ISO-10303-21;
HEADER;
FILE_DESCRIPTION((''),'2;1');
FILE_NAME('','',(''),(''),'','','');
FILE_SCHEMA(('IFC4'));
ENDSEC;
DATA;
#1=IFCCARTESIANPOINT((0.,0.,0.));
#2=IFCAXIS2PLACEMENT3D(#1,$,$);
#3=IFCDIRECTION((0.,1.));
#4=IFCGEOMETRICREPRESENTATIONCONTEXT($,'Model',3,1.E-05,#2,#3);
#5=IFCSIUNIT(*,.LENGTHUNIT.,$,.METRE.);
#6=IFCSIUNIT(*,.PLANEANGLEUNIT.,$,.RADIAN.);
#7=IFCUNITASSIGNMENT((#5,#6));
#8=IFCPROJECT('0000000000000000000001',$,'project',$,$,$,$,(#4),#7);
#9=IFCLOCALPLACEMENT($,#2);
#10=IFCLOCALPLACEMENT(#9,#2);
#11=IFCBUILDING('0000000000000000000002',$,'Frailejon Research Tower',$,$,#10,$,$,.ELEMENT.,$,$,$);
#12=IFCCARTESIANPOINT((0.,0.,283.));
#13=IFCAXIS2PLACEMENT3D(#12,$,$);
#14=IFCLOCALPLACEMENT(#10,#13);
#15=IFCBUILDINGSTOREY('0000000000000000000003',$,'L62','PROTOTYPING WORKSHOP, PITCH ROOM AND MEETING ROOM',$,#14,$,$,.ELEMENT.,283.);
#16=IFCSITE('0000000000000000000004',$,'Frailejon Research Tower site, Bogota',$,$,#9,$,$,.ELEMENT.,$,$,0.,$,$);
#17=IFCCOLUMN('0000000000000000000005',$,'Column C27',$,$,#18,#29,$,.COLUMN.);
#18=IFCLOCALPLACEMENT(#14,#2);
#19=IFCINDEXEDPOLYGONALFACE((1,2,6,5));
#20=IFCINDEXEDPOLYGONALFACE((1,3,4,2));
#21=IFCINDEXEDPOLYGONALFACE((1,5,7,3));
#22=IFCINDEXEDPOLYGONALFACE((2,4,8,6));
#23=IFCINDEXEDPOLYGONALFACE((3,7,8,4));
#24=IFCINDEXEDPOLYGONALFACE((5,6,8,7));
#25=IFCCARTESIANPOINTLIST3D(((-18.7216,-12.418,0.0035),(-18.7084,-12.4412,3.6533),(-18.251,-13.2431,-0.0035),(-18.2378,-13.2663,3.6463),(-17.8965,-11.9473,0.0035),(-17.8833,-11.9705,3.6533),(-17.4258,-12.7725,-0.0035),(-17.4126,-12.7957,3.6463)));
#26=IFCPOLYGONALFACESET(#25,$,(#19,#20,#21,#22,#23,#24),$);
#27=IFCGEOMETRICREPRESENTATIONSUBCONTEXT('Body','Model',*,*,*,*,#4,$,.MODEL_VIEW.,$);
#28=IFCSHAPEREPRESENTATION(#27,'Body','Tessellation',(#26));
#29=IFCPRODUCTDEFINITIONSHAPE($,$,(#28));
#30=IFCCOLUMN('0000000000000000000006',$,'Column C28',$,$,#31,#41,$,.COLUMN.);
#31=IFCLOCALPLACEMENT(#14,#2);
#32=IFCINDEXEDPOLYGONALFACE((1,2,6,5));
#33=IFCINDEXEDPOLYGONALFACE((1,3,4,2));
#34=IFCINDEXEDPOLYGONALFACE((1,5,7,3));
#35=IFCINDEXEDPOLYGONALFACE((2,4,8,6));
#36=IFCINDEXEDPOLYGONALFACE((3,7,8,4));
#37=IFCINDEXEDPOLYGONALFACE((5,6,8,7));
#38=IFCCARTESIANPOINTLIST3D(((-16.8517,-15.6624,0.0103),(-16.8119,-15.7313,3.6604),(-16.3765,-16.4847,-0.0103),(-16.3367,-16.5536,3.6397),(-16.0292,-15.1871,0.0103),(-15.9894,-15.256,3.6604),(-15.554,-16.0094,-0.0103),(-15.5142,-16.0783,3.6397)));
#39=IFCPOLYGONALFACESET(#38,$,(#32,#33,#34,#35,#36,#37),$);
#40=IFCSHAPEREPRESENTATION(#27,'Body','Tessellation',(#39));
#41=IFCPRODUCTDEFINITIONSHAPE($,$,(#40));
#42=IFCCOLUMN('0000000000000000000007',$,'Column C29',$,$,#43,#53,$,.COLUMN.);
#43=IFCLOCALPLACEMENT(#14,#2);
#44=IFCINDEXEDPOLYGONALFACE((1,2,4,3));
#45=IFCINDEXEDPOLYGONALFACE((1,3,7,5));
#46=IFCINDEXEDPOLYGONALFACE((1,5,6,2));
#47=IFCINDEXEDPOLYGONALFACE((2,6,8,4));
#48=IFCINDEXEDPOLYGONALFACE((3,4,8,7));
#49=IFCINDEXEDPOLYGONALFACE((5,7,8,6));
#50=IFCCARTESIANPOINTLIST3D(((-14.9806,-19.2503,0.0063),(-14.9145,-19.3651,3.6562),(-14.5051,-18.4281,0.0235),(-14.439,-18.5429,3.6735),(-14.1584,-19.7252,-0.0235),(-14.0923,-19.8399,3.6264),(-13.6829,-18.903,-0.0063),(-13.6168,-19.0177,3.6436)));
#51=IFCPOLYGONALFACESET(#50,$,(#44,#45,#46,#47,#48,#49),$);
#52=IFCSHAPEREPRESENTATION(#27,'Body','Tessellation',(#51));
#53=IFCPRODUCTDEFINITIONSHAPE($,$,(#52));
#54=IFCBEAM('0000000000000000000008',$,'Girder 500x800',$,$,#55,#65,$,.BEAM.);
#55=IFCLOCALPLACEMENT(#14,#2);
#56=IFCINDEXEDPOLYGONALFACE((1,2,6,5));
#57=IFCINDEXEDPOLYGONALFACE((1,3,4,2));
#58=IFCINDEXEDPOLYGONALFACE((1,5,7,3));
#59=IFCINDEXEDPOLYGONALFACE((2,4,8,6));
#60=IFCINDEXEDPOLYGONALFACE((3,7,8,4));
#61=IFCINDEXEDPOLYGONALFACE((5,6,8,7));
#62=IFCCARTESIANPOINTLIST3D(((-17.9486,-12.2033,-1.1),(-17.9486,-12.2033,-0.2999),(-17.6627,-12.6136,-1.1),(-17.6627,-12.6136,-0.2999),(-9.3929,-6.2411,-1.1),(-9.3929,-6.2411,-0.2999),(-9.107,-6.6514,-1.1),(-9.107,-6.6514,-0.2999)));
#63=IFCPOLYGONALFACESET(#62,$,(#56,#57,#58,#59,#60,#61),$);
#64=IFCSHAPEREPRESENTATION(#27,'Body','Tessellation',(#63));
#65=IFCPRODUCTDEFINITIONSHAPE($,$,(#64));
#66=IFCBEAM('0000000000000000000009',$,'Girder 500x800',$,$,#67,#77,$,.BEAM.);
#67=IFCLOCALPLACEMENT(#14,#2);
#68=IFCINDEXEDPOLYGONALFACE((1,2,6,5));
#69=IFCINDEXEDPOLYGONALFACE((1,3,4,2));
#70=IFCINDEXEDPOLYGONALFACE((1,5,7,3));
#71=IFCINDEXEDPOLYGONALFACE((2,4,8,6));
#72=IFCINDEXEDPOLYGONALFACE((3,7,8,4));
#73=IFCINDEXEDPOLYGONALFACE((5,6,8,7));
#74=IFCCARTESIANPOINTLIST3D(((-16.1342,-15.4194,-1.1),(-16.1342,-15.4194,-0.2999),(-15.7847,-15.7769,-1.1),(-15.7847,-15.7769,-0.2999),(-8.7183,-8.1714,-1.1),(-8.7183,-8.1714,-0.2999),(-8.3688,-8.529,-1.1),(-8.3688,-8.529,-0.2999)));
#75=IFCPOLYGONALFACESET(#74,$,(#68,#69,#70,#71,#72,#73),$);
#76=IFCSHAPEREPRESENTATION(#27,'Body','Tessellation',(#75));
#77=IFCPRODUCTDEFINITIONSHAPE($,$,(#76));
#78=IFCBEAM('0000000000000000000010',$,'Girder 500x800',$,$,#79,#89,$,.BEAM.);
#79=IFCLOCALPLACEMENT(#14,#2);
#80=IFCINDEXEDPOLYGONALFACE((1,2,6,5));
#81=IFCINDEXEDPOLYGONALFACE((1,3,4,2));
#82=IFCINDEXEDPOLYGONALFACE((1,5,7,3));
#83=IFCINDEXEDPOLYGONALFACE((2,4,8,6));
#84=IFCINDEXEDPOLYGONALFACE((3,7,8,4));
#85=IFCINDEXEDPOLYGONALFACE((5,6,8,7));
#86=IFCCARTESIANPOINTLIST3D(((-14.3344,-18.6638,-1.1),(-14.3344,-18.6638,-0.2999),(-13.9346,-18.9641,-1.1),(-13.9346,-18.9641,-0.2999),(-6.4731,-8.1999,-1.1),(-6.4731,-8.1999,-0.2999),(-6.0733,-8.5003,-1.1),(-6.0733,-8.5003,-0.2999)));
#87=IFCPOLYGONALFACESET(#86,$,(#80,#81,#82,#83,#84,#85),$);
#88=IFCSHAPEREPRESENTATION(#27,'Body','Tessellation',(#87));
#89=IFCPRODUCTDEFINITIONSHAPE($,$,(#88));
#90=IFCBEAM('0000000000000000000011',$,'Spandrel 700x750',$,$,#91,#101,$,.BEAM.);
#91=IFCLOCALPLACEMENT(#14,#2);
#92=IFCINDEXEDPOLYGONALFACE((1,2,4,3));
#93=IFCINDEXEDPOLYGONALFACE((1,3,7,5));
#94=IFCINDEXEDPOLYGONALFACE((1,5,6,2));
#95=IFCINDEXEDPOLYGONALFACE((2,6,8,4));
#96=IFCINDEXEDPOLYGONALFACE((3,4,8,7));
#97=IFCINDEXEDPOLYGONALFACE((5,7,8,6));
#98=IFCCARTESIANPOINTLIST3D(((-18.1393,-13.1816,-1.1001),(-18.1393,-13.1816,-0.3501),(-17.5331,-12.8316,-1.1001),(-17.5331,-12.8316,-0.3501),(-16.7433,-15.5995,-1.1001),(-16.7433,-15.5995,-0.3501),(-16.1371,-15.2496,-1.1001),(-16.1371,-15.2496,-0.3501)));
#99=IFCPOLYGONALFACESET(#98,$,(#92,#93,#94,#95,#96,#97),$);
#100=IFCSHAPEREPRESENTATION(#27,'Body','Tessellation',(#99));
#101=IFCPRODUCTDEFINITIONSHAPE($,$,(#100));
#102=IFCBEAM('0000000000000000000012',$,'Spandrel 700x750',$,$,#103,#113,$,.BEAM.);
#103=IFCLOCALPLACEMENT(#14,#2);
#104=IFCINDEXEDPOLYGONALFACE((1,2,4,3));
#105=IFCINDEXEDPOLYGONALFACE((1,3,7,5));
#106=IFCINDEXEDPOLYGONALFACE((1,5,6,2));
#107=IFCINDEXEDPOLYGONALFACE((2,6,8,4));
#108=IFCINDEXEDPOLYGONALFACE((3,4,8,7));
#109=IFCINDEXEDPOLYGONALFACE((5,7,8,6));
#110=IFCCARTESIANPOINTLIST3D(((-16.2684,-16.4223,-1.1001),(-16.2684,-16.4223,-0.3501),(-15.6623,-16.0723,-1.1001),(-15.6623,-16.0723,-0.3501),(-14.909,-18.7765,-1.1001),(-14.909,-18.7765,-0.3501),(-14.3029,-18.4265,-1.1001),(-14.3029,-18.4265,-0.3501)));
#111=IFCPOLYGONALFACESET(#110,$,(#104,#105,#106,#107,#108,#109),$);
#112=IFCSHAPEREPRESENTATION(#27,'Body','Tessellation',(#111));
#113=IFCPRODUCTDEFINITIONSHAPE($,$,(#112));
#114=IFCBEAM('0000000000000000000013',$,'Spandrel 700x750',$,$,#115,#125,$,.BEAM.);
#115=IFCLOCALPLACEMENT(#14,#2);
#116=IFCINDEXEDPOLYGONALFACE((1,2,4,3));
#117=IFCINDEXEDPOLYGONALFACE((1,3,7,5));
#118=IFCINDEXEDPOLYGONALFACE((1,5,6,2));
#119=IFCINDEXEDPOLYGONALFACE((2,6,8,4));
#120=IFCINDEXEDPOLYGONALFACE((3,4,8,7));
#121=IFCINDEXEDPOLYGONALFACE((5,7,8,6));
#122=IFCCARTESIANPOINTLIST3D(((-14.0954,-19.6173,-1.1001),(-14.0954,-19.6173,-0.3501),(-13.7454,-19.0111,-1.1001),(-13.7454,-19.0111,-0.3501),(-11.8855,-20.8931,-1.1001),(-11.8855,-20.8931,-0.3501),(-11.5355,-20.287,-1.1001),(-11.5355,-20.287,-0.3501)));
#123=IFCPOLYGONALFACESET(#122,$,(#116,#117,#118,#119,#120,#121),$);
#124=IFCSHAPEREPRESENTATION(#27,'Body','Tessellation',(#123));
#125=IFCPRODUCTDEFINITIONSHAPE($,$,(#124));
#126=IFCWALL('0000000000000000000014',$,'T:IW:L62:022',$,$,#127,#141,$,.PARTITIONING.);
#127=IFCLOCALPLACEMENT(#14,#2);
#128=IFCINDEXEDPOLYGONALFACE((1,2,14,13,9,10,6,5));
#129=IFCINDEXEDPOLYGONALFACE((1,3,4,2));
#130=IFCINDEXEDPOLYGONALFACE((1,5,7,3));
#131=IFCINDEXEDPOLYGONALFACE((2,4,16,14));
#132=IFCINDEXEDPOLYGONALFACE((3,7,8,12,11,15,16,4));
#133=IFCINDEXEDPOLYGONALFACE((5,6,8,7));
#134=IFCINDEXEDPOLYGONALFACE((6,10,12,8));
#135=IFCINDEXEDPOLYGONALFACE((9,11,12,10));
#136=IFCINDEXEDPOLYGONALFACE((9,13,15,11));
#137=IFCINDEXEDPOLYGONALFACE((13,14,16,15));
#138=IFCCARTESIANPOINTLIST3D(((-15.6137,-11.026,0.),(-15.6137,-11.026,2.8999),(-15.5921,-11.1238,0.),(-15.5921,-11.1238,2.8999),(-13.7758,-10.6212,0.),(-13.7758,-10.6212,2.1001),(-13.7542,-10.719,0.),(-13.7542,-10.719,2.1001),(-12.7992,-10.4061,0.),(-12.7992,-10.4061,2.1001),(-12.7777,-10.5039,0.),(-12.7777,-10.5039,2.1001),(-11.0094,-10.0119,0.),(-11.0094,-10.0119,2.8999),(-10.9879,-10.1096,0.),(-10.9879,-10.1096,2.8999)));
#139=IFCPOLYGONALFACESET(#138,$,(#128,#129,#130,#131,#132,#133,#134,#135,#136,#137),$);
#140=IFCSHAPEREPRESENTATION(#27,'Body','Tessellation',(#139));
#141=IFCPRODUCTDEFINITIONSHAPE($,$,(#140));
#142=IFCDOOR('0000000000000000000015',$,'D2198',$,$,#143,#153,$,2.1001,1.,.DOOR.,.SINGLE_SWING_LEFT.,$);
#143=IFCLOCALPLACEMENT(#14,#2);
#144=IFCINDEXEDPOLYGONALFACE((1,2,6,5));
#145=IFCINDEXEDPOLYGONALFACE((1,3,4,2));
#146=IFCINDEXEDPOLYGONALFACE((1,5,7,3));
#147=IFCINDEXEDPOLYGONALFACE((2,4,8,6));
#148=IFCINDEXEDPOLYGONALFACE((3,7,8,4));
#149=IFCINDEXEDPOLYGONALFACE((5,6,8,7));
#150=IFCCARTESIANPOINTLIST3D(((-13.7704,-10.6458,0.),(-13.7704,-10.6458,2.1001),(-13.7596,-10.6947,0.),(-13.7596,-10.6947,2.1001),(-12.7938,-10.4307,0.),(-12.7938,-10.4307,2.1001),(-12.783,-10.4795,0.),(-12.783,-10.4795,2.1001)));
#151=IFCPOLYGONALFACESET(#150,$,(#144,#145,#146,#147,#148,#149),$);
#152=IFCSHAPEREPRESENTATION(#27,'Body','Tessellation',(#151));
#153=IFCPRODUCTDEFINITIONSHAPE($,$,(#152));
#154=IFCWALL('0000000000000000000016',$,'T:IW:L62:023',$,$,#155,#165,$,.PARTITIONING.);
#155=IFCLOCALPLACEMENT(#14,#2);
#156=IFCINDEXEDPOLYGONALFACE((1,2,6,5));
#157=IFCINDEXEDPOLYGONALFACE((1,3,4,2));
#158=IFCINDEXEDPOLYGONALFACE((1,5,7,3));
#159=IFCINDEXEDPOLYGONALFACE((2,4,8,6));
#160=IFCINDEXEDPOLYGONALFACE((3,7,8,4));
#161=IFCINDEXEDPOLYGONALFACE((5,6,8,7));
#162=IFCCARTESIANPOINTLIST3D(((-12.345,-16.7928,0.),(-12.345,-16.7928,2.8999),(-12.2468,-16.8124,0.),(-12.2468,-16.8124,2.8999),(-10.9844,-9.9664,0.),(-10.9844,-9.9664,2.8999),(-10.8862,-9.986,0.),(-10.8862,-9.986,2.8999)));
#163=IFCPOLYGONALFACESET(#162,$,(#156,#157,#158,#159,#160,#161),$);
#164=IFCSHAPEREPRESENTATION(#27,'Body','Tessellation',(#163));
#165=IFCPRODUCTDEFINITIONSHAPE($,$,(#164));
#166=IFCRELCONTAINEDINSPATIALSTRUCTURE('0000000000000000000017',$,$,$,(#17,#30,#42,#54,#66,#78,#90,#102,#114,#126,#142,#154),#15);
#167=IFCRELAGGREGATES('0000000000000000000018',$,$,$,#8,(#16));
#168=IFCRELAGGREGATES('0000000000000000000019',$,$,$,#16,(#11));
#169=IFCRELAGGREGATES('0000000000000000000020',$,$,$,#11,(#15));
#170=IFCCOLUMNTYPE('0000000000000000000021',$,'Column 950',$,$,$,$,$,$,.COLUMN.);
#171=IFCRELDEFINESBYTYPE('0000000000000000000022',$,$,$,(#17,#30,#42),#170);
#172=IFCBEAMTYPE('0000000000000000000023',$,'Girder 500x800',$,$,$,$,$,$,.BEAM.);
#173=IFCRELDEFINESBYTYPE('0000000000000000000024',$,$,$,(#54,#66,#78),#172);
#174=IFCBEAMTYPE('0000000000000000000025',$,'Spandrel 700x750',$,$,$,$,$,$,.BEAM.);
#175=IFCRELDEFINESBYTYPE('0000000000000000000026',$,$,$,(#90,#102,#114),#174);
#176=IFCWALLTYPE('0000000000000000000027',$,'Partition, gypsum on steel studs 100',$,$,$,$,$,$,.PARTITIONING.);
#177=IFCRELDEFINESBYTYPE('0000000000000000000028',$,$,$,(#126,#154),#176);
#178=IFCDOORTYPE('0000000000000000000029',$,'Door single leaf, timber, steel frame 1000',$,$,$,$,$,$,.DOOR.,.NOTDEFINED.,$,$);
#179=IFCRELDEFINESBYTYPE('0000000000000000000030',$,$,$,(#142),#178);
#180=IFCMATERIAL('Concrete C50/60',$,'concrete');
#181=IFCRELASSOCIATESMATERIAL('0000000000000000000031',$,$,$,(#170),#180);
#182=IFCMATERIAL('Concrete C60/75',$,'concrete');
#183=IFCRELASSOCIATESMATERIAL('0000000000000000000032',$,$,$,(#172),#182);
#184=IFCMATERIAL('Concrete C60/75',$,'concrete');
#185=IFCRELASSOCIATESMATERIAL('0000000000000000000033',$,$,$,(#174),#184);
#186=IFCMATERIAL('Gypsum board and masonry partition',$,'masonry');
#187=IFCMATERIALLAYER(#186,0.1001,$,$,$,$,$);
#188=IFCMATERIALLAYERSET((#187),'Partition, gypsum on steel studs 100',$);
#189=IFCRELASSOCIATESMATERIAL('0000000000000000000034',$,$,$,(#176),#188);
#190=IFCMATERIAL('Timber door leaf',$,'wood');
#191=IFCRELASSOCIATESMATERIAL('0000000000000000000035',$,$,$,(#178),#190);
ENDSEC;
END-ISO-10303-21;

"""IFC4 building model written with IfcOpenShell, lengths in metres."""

from ifc_helpers import new_model, si_unit, direction, frame, frame_2d, origin, origin_2d, place, context, subcontext, project, spatial, rectangle, extrude, material, layer, layer_set, material_profile, profile_set, type_object, element, fill, save


model = new_model("IFC4")

# Units and contexts
model_context = context("Model", 3, precision=1e-05, world=origin(), true_north=direction((0.0, 1.0)))
body_context = subcontext(model_context, "Body", "Model", "MODEL_VIEW")
ifc_project = project(units=[si_unit("LENGTHUNIT", "METRE"), si_unit("PLANEANGLEUNIT", "RADIAN")], contexts=[model_context])

# Site, building, storey
site_placement = place(None, origin())
site = spatial("IfcSite", under=ifc_project, at=site_placement, Name="Frailejon Research Tower site, Bogota", CompositionType="ELEMENT", RefElevation=0.0)
building_placement = place(site_placement, origin())
building = spatial("IfcBuilding", under=site, at=building_placement, Name="Frailejon Research Tower", CompositionType="ELEMENT")
storey_placement = place(building_placement, frame((0.0, 0.0, 283.0)))
storey = spatial("IfcBuildingStorey", under=building, at=storey_placement, Name="L62", Description="PROTOTYPING WORKSHOP, PITCH ROOM AND MEETING ROOM", CompositionType="ELEMENT", Elevation=283.0)

# Columns
ifc_material_1 = material(Name="Concrete C50/60", Category="concrete")
ifc_material_profile_1 = material_profile(ifc_material_1, rectangle(XDim=0.95, YDim=0.95, at=origin_2d()), Name="Column 950")
ifc_profile_set_1 = profile_set([ifc_material_profile_1], Name="Concrete C50/60")
column_type = type_object("IfcColumnType", Name="Column 950", PredefinedType="COLUMN", material=ifc_profile_set_1)
column_1_placement = place(storey_placement, frame((-18.0737, -12.5952, 0.0), z_axis=(0.003612, -0.006354, 0.999973), x_axis=(0.495427, -0.868619, -0.007309)))
element("IfcColumn", 1, at=column_1_placement, inside=storey, type_object=column_type, Name="Column C27", PredefinedType="COLUMN", context=body_context, shape_type="SweptSolid", body=[
    extrude(rectangle(XDim=0.95, YDim=0.95, at=origin_2d()), origin(), (0.0, 0.0, 1.0), 3.6499),
])
column_2_placement = place(storey_placement, frame((-16.2029, -15.8359, 0.0), z_axis=(0.0109, -0.018858, 0.999763), x_axis=(0.500226, -0.865621, -0.021782)))
element("IfcColumn", 2, at=column_2_placement, inside=storey, type_object=column_type, Name="Column C28", PredefinedType="COLUMN", context=body_context, shape_type="SweptSolid", body=[
    extrude(rectangle(XDim=0.95, YDim=0.95, at=origin_2d()), origin(), (0.0, 0.0, 1.0), 3.6509),
])
column_3_placement = place(storey_placement, frame((-14.3318, -19.0767, 0.0), z_axis=(0.018115, -0.031417, 0.999342), x_axis=(0.86552, -0.499889, -0.031405)))
element("IfcColumn", 3, at=column_3_placement, inside=storey, type_object=column_type, Name="Column C29", PredefinedType="COLUMN", context=body_context, shape_type="SweptSolid", body=[
    extrude(rectangle(XDim=0.95, YDim=0.95, at=origin_2d()), origin(), (0.0, 0.0, 1.0), 3.6523),
])

# Beams
ifc_material_2 = material(Name="Concrete C60/75", Category="concrete")
ifc_material_profile_2 = material_profile(ifc_material_2, rectangle(XDim=0.5, YDim=0.8, at=origin_2d()), Name="Girder 500x800")
ifc_profile_set_2 = profile_set([ifc_material_profile_2], Name="Concrete C60/75")
beam_type_1 = type_object("IfcBeamType", Name="Girder 500x800", PredefinedType="BEAM", material=ifc_profile_set_2)
beam_1_placement = place(storey_placement, frame((-17.8057, -12.4084, -0.7), z_axis=(0.820438, 0.571736, 0.0), x_axis=(-0.571736, 0.820438, 0.0)))
element("IfcBeam", 4, at=beam_1_placement, inside=storey, type_object=beam_type_1, Name="Girder 500x800", PredefinedType="BEAM", context=body_context, shape_type="SweptSolid", body=[
    extrude(rectangle(XDim=0.5, YDim=0.8, at=origin_2d()), origin(), (0.0, 0.0, 1.0), 10.4282),
])
beam_2_placement = place(storey_placement, frame((-15.9595, -15.5981, -0.7), z_axis=(0.715159, 0.698961, 0.0), x_axis=(-0.698961, 0.715159, 0.0)))
element("IfcBeam", 5, at=beam_2_placement, inside=storey, type_object=beam_type_1, Name="Girder 500x800", PredefinedType="BEAM", context=body_context, shape_type="SweptSolid", body=[
    extrude(rectangle(XDim=0.5, YDim=0.8, at=origin_2d()), origin(), (0.0, 0.0, 1.0), 10.3696),
])
beam_3_placement = place(storey_placement, frame((-14.1345, -18.814, -0.7), z_axis=(0.600656, 0.799507, 0.0), x_axis=(-0.799507, 0.600656, 0.0)))
element("IfcBeam", 6, at=beam_3_placement, inside=storey, type_object=beam_type_1, Name="Girder 500x800", PredefinedType="BEAM", context=body_context, shape_type="SweptSolid", body=[
    extrude(rectangle(XDim=0.5, YDim=0.8, at=origin_2d()), origin(), (0.0, 0.0, 1.0), 13.0879),
])
ifc_material_3 = material(Name="Concrete C60/75", Category="concrete")
ifc_material_profile_3 = material_profile(ifc_material_3, rectangle(XDim=0.7, YDim=0.75, at=origin_2d()), Name="Spandrel 700x750")
ifc_profile_set_3 = profile_set([ifc_material_profile_3], Name="Concrete C60/75")
beam_type_2 = type_object("IfcBeamType", Name="Spandrel 700x750", PredefinedType="BEAM", material=ifc_profile_set_3)
beam_4_placement = place(storey_placement, frame((-17.8362, -13.0066, -0.7251), z_axis=(0.499995, -0.866028, 0.0), x_axis=(0.866028, 0.499995, 0.0)))
element("IfcBeam", 7, at=beam_4_placement, inside=storey, type_object=beam_type_2, Name="Spandrel 700x750", PredefinedType="BEAM", context=body_context, shape_type="SweptSolid", body=[
    extrude(rectangle(XDim=0.7, YDim=0.75, at=origin_2d()), origin(), (0.0, 0.0, 1.0), 2.792),
])
beam_5_placement = place(storey_placement, frame((-15.9653, -16.2473, -0.7251), z_axis=(0.500041, -0.866002, 0.0), x_axis=(0.866002, 0.500041, 0.0)))
element("IfcBeam", 8, at=beam_5_placement, inside=storey, type_object=beam_type_2, Name="Spandrel 700x750", PredefinedType="BEAM", context=body_context, shape_type="SweptSolid", body=[
    extrude(rectangle(XDim=0.7, YDim=0.75, at=origin_2d()), origin(), (0.0, 0.0, 1.0), 2.7185),
])
beam_6_placement = place(storey_placement, frame((-13.9204, -19.3142, -0.7251), z_axis=(0.866033, -0.499987, 0.0), x_axis=(0.499987, 0.866033, 0.0)))
element("IfcBeam", 9, at=beam_6_placement, inside=storey, type_object=beam_type_2, Name="Spandrel 700x750", PredefinedType="BEAM", context=body_context, shape_type="SweptSolid", body=[
    extrude(rectangle(XDim=0.7, YDim=0.75, at=origin_2d()), origin(), (0.0, 0.0, 1.0), 2.5518),
])

# Wall, opening, door
ifc_material_4 = material(Name="Gypsum board and masonry partition", Category="masonry")
ifc_layer_1 = layer(ifc_material_4, 0.1001)
ifc_layer_set_1 = layer_set([ifc_layer_1], Name="Partition, gypsum on steel studs 100")
wall_type_1 = type_object("IfcWallType", Name="Partition, gypsum on steel studs 100", PredefinedType="PARTITIONING", material=ifc_layer_set_1)
wall_1_placement = place(storey_placement, frame((-15.603, -11.075, 0.0), z_axis=(0.0, 0.0, 1.0), x_axis=(0.97659, 0.21511, 0.0)))
wall_1 = element("IfcWall", 10, at=wall_1_placement, inside=storey, type_object=wall_type_1, Name="T:IW:L62:022", PredefinedType="PARTITIONING", context=body_context, shape_type="SweptSolid", body=[
    extrude(rectangle(XDim=4.7146, YDim=0.1001, at=frame_2d((2.3574, 0.0))), origin(), (0.0, 0.0, 1.0), 2.8999),
])
opening_1_placement = place(wall_1_placement, frame((1.8821, 0.0, 0.0)))
opening_1 = element("IfcOpeningElement", 11, at=opening_1_placement, cuts=wall_1, PredefinedType="OPENING", context=body_context, shape_type="SweptSolid", body=[
    extrude(rectangle(XDim=1.0, YDim=2.1001, at=frame_2d((0.5, 1.05))), frame((0.0, 0.0601, 0.0), z_axis=(0.0, -1.0, 0.0), x_axis=(1.0, 0.0, 0.0)), (0.0, 0.0, 1.0), 0.1201),
])
ifc_material_5 = material(Name="Timber door leaf", Category="wood")
door_type = type_object("IfcDoorType", Name="Door single leaf, timber, steel frame 1000", OperationType="NOTDEFINED", PredefinedType="DOOR", material=ifc_material_5)
door_placement = place(opening_1_placement, origin())
door = element("IfcDoor", 12, at=door_placement, inside=storey, type_object=door_type, Name="D2198", OperationType="SINGLE_SWING_LEFT", OverallHeight=2.1001, OverallWidth=1.0, PredefinedType="DOOR", context=body_context, shape_type="SweptSolid", body=[
    extrude(rectangle(XDim=1.0, YDim=2.1001, at=frame_2d((0.5, 1.05))), frame((0.0, 0.0249, 0.0), z_axis=(0.0, -1.0, 0.0), x_axis=(1.0, 0.0, 0.0)), (0.0, 0.0, 1.0), 0.05),
])
fill(opening_1, door)

# Wall
wall_2_placement = place(storey_placement, frame((-12.2959, -16.8027, 0.0), z_axis=(0.0, 0.0, 1.0), x_axis=(0.195469, 0.98071, 0.0)))
element("IfcWall", 13, at=wall_2_placement, inside=storey, type_object=wall_type_1, Name="T:IW:L62:023", PredefinedType="PARTITIONING", context=body_context, shape_type="SweptSolid", body=[
    extrude(rectangle(XDim=6.9607, YDim=0.1001, at=frame_2d((3.4805, 0.0))), origin(), (0.0, 0.0, 1.0), 2.8999),
])

save(model, "model.ifc")
